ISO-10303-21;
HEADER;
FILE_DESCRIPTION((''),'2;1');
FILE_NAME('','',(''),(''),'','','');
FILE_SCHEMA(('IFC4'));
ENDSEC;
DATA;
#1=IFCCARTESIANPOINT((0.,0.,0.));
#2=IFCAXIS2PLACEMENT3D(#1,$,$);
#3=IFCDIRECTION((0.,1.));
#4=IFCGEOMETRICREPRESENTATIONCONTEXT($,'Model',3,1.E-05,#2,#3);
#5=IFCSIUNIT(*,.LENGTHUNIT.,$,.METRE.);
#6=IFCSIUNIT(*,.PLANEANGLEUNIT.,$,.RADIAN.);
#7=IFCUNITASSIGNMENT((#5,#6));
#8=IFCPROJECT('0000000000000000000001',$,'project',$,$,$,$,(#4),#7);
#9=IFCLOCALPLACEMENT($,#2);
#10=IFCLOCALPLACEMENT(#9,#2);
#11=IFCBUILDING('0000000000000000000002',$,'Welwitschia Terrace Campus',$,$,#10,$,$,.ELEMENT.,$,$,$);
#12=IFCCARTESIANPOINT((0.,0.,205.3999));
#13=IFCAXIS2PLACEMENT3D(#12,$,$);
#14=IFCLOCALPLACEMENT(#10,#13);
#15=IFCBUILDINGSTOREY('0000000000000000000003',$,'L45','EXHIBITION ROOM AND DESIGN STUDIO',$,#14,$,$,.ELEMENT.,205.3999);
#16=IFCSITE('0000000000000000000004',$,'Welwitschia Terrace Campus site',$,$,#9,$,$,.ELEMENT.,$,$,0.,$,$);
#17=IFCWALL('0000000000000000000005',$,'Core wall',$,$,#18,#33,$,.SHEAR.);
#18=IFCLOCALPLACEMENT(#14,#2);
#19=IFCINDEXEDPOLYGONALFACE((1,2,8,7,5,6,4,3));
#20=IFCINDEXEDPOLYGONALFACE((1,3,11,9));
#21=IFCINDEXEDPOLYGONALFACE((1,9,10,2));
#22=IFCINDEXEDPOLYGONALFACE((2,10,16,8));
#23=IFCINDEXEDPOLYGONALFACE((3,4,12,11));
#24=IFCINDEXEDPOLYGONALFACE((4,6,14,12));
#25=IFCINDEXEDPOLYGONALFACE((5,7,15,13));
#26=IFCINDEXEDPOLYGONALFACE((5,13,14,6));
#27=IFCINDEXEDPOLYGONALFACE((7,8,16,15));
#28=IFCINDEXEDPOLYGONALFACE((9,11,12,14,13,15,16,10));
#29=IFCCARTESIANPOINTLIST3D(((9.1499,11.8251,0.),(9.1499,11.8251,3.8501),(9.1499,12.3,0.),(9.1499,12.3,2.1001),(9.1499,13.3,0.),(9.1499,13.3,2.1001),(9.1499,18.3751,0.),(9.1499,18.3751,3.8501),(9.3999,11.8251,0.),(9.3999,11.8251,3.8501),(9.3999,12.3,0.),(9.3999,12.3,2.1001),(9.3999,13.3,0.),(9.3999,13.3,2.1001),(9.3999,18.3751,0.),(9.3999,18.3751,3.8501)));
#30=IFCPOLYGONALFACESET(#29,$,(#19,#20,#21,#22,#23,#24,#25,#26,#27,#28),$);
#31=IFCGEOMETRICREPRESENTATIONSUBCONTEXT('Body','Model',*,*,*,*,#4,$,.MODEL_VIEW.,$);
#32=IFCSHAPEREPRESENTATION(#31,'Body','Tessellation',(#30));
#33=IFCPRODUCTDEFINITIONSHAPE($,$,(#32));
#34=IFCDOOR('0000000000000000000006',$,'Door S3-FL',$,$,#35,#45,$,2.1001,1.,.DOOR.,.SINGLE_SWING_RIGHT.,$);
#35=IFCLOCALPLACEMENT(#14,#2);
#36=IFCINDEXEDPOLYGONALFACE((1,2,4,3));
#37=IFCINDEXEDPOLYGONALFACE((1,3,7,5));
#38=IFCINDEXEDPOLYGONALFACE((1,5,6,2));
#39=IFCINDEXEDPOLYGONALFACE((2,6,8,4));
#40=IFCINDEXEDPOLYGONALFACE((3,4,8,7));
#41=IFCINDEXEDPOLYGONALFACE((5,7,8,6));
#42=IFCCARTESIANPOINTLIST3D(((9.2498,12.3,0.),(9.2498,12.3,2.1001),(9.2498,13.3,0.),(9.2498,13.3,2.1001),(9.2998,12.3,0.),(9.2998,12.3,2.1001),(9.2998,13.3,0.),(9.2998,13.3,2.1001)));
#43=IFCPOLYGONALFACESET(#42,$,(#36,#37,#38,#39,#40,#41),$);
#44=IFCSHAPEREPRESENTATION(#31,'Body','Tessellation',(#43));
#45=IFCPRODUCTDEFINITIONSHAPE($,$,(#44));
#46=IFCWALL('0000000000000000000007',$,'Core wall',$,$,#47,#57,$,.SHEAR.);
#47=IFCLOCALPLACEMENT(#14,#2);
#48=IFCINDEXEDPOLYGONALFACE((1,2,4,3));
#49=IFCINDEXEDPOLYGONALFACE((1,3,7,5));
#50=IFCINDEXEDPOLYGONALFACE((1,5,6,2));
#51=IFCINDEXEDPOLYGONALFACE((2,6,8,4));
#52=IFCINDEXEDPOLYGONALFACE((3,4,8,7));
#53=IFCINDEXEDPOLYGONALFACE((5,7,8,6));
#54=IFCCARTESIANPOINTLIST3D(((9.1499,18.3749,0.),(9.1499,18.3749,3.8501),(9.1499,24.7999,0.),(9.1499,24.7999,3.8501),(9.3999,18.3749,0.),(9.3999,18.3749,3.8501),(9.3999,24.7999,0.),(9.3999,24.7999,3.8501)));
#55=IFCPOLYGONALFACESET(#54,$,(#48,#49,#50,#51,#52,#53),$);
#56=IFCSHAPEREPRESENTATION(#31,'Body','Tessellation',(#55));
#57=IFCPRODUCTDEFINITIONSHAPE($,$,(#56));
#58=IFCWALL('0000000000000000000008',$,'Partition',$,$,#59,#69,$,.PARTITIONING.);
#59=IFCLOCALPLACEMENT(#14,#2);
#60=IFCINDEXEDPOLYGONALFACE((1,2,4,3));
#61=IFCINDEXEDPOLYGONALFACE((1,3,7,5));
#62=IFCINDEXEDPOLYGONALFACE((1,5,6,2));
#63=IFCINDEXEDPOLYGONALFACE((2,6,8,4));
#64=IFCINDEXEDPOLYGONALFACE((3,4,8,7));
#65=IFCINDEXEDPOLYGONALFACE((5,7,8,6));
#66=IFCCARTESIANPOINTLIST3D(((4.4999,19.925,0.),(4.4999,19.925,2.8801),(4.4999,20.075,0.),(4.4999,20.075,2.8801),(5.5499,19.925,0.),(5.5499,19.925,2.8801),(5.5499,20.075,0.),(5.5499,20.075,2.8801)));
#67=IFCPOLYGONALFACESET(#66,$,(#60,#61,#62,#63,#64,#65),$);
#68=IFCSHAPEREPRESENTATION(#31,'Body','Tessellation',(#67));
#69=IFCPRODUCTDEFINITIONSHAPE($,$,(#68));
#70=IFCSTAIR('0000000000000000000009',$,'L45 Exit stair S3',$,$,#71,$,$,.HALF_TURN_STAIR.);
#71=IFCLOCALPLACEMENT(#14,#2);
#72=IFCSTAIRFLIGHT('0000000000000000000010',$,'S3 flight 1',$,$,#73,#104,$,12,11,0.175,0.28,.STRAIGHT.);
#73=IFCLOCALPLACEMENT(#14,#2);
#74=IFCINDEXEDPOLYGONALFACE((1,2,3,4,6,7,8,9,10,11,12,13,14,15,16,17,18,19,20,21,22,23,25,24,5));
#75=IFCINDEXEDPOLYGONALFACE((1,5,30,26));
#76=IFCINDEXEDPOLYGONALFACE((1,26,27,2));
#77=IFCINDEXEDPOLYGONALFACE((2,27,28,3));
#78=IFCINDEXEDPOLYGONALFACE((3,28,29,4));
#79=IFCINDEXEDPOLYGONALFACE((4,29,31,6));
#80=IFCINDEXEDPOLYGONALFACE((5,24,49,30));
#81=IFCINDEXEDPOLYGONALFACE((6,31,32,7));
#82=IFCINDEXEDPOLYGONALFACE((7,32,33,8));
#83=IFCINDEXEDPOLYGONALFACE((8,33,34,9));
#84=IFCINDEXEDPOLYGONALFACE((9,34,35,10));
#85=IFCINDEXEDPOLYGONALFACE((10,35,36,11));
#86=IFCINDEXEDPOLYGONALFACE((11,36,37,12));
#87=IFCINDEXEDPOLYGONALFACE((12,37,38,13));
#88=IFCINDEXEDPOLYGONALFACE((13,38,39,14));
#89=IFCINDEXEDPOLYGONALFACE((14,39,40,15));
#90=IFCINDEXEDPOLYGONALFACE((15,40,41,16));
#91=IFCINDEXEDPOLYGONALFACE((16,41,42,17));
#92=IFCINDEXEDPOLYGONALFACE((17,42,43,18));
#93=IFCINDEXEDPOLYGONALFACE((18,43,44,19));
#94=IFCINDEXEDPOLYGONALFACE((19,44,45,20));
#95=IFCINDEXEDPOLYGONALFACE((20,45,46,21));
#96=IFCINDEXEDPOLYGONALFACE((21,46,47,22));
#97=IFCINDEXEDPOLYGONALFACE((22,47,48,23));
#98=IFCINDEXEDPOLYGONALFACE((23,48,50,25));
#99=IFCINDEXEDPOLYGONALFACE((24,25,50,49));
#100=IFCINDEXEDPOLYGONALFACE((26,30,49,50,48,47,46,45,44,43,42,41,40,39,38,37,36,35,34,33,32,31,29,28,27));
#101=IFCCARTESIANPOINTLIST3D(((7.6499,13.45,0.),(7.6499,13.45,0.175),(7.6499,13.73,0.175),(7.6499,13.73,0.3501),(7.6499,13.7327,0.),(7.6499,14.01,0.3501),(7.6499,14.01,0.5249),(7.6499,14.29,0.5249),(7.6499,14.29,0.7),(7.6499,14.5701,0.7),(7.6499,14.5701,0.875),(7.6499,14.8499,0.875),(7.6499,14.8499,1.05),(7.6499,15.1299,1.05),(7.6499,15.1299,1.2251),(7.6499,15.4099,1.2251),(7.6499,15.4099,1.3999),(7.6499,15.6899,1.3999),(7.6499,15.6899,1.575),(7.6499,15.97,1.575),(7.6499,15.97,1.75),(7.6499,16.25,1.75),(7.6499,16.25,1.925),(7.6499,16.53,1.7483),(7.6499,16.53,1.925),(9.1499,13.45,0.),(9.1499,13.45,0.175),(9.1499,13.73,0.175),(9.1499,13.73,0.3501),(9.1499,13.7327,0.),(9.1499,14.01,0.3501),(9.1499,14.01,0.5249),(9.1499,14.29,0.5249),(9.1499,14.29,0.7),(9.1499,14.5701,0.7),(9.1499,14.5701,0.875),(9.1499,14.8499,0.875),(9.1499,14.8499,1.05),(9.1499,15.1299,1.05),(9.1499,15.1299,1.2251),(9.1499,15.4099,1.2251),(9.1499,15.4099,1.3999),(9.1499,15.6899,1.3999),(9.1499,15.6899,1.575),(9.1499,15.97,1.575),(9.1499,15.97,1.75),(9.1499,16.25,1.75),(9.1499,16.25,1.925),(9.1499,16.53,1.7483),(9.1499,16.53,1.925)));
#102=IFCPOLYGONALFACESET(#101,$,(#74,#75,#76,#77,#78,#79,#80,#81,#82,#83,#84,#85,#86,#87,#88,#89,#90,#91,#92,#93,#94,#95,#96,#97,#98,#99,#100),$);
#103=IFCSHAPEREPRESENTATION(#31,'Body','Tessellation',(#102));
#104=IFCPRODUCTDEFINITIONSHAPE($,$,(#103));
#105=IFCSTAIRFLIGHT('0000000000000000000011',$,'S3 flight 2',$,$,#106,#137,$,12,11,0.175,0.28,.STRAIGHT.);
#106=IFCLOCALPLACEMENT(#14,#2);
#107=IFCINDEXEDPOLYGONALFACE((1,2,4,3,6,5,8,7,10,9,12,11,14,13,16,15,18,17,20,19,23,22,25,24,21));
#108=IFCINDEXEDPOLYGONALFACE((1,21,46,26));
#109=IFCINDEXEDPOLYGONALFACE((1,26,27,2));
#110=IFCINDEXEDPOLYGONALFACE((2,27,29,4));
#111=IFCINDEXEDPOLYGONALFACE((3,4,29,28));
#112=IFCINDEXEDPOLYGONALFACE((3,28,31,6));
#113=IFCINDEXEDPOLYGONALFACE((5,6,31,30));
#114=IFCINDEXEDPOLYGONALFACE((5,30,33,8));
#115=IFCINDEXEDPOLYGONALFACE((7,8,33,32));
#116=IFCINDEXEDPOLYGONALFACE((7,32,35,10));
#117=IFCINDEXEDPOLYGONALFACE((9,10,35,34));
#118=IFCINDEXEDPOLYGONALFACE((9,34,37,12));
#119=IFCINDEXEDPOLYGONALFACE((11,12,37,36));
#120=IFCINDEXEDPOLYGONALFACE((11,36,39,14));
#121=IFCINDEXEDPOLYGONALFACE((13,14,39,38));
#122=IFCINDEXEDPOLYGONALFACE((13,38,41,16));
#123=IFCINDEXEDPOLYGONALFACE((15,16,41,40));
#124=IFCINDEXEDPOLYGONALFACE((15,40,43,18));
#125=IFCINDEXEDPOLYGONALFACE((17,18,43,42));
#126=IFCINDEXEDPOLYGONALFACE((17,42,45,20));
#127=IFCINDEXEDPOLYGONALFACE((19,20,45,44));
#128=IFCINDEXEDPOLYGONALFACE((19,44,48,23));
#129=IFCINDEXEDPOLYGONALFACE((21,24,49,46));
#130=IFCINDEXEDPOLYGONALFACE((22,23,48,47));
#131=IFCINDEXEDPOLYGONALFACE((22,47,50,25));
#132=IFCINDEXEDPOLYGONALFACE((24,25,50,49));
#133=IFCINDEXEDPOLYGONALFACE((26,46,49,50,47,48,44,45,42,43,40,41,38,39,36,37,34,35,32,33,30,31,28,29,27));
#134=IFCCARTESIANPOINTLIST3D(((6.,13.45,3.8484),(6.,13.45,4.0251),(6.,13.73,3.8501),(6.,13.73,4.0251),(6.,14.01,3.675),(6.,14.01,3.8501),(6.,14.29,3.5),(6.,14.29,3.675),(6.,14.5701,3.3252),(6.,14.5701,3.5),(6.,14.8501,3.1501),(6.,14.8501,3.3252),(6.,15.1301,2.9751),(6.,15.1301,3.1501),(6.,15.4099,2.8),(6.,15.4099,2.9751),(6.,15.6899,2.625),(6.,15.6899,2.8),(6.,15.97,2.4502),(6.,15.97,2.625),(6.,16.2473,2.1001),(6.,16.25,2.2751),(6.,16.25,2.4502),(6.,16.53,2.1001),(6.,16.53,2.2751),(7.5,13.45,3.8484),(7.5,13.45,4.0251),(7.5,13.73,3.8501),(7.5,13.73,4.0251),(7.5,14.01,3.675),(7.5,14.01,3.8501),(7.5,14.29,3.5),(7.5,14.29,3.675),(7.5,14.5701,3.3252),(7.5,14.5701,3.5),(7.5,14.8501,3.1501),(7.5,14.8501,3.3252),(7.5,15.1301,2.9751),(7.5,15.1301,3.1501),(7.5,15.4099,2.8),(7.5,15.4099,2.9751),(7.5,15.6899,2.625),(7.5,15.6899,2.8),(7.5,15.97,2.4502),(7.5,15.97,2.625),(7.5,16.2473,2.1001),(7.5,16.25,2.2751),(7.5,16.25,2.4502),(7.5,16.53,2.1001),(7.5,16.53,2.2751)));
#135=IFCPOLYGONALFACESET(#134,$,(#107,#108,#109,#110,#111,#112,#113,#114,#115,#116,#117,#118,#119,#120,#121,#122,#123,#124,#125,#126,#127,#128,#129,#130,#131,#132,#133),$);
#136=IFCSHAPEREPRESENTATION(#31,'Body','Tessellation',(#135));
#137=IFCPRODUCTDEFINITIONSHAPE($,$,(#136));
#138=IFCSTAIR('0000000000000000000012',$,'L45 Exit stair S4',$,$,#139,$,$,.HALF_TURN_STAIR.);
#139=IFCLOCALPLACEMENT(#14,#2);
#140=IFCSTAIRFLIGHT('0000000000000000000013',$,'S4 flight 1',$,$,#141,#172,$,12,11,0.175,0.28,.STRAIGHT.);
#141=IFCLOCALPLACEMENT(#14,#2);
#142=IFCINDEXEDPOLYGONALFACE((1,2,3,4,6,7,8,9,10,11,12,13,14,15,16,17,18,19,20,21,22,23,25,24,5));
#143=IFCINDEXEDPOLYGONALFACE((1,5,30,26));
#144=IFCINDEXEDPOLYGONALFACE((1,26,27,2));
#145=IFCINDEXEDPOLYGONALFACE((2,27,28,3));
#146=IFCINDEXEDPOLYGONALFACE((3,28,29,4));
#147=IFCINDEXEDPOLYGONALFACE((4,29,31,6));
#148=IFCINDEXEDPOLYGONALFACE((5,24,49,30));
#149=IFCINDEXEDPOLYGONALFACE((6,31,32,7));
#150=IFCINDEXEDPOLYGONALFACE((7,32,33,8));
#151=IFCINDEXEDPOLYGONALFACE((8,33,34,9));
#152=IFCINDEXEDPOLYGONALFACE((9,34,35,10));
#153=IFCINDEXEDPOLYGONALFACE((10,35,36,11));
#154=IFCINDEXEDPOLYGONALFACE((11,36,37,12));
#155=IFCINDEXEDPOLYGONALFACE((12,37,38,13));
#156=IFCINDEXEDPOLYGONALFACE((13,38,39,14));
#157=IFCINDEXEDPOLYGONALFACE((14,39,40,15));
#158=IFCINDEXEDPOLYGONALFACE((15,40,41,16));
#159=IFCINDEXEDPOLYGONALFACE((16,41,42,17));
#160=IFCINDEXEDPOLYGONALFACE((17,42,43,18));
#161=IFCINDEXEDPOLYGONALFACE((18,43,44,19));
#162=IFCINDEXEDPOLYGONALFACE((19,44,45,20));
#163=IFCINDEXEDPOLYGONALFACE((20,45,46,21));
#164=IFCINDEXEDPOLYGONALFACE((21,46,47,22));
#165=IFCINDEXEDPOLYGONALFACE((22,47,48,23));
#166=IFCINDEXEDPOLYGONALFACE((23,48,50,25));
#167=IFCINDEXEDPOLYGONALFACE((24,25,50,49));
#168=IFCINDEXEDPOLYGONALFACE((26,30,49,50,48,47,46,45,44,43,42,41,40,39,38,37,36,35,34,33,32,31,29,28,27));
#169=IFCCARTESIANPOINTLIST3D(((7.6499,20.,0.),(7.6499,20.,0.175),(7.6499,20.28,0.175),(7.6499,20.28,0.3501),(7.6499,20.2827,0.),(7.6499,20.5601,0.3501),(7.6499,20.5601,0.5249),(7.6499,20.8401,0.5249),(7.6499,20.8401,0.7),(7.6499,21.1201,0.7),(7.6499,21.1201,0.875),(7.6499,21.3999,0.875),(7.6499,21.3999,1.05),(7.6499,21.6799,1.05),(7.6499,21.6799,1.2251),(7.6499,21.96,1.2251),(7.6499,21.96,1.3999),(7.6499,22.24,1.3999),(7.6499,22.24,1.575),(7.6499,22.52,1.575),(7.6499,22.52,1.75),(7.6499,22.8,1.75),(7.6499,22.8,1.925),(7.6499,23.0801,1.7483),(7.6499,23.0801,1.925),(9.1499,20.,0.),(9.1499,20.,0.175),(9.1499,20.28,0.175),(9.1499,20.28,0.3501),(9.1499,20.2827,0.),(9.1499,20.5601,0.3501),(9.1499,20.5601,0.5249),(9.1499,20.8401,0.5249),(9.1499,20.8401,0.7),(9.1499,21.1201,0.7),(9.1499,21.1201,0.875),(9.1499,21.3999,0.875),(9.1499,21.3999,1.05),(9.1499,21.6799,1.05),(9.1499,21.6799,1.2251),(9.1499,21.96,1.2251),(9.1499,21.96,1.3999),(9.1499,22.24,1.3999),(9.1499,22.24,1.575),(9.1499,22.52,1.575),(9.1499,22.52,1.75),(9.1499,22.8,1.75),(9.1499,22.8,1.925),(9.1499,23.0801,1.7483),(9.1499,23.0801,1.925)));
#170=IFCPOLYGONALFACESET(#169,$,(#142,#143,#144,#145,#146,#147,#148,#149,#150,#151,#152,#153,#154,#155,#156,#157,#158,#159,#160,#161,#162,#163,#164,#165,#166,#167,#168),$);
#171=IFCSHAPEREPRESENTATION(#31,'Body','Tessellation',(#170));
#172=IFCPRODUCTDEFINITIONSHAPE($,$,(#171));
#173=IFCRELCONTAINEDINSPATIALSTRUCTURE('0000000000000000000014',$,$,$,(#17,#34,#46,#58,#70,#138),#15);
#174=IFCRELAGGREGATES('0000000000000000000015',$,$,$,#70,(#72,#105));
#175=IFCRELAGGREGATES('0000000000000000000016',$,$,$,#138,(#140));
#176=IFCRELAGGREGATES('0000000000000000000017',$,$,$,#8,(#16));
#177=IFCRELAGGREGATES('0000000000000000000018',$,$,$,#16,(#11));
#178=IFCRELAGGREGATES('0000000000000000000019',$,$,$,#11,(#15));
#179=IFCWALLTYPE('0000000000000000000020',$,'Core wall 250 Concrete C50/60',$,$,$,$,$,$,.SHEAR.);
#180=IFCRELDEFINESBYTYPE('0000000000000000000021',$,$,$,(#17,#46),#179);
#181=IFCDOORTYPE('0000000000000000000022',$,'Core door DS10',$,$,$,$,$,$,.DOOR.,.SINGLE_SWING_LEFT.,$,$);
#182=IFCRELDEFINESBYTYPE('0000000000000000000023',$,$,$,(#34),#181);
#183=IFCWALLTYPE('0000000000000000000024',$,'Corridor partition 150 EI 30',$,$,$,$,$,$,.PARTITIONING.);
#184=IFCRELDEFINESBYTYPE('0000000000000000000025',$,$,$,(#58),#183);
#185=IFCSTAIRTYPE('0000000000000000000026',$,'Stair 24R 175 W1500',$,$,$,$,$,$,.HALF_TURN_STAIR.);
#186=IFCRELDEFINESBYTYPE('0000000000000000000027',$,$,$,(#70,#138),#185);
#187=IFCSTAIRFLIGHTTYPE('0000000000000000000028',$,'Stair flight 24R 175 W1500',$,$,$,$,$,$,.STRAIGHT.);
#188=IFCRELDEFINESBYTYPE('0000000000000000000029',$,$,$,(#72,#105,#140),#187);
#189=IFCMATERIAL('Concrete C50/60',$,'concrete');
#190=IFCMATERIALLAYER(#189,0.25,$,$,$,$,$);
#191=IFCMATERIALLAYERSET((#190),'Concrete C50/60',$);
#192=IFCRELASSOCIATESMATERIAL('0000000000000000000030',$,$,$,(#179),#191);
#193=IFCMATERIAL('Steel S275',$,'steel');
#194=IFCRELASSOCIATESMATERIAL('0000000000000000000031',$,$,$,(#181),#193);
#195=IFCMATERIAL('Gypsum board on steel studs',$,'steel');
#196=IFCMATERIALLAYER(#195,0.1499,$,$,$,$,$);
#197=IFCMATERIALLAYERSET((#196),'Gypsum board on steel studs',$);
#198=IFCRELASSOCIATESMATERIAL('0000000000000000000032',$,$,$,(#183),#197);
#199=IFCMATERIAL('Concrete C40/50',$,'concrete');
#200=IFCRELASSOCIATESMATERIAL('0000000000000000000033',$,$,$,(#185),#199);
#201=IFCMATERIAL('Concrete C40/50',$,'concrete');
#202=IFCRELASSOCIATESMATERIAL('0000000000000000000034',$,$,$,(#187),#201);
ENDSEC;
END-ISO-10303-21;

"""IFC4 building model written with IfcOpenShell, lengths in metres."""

from ifc_helpers import new_model, si_unit, direction, frame, frame_2d, origin, place, context, subcontext, project, spatial, polyline, rectangle, outline, extrude, material, layer, layer_set, type_object, element, fill, aggregate, save


model = new_model("IFC4")

# Units and contexts
model_context = context("Model", 3, precision=1e-05, world=origin(), true_north=direction((0.0, 1.0)))
body_context = subcontext(model_context, "Body", "Model", "MODEL_VIEW")
ifc_project = project(units=[si_unit("LENGTHUNIT", "METRE"), si_unit("PLANEANGLEUNIT", "RADIAN")], contexts=[model_context])

# Site, building, storey
site_placement = place(None, origin())
site = spatial("IfcSite", under=ifc_project, at=site_placement, Name="Welwitschia Terrace Campus site", CompositionType="ELEMENT", RefElevation=0.0)
building_placement = place(site_placement, origin())
building = spatial("IfcBuilding", under=site, at=building_placement, Name="Welwitschia Terrace Campus", CompositionType="ELEMENT")
storey_placement = place(building_placement, frame((0.0, 0.0, 205.3999)))
storey = spatial("IfcBuildingStorey", under=building, at=storey_placement, Name="L45", Description="EXHIBITION ROOM AND DESIGN STUDIO", CompositionType="ELEMENT", Elevation=205.3999)

# Shared definitions
ifc_material_1 = material(Name="Concrete C50/60", Category="concrete")
ifc_layer_1 = layer(ifc_material_1, 0.25)
ifc_layer_set_1 = layer_set([ifc_layer_1], Name="Concrete C50/60")
wall_type_1 = type_object("IfcWallType", Name="Core wall 250 Concrete C50/60", PredefinedType="SHEAR", material=ifc_layer_set_1)

# Wall, opening, door
wall_1_placement = place(storey_placement, frame((9.2749, 18.375, 0.0), z_axis=(0.0, 0.0, 1.0), x_axis=(0.0, -1.0, 0.0)))
wall_1 = element("IfcWall", 1, at=wall_1_placement, inside=storey, type_object=wall_type_1, Name="Core wall", PredefinedType="SHEAR", context=body_context, shape_type="SweptSolid", body=[
    extrude(rectangle(XDim=6.55, YDim=0.25, at=frame_2d((3.2749, 0.0))), origin(), (0.0, 0.0, 1.0), 3.8501),
])
opening_1_placement = place(wall_1_placement, frame((5.075, 0.0, 0.0)))
opening_1 = element("IfcOpeningElement", 2, at=opening_1_placement, cuts=wall_1, PredefinedType="OPENING", context=body_context, shape_type="SweptSolid", body=[
    extrude(rectangle(XDim=1.0, YDim=2.1001, at=frame_2d((0.5, 1.05))), frame((0.0, 0.135, 0.0), z_axis=(0.0, -1.0, 0.0), x_axis=(1.0, 0.0, 0.0)), (0.0, 0.0, 1.0), 0.27),
])
ifc_material_2 = material(Name="Steel S275", Category="steel")
door_type_1 = type_object("IfcDoorType", Name="Core door DS10", OperationType="SINGLE_SWING_LEFT", PredefinedType="DOOR", material=ifc_material_2)
door_1_placement = place(opening_1_placement, origin())
door_1 = element("IfcDoor", 3, at=door_1_placement, inside=storey, type_object=door_type_1, Name="Door S3-FL", OperationType="SINGLE_SWING_RIGHT", OverallHeight=2.1001, OverallWidth=1.0, PredefinedType="DOOR", context=body_context, shape_type="SweptSolid", body=[
    extrude(rectangle(XDim=1.0, YDim=2.1001, at=frame_2d((0.5, 1.05))), frame((0.0, 0.0249, 0.0), z_axis=(0.0, -1.0, 0.0), x_axis=(1.0, 0.0, 0.0)), (0.0, 0.0, 1.0), 0.05),
])
fill(opening_1, door_1)

# Walls
wall_2_placement = place(storey_placement, frame((9.2749, 18.375, 0.0), z_axis=(0.0, 0.0, 1.0), x_axis=(0.0, 1.0, 0.0)))
element("IfcWall", 4, at=wall_2_placement, inside=storey, type_object=wall_type_1, Name="Core wall", PredefinedType="SHEAR", context=body_context, shape_type="SweptSolid", body=[
    extrude(rectangle(XDim=6.425, YDim=0.25, at=frame_2d((3.2124, 0.0))), origin(), (0.0, 0.0, 1.0), 3.8501),
])
ifc_material_3 = material(Name="Gypsum board on steel studs", Category="steel")
ifc_layer_2 = layer(ifc_material_3, 0.1499)
ifc_layer_set_2 = layer_set([ifc_layer_2], Name="Gypsum board on steel studs")
wall_type_2 = type_object("IfcWallType", Name="Corridor partition 150 EI 30", PredefinedType="PARTITIONING", material=ifc_layer_set_2)
wall_3_placement = place(storey_placement, frame((4.5, 20.0, 0.0), z_axis=(0.0, 0.0, 1.0), x_axis=(1.0, 0.0, 0.0)))
element("IfcWall", 5, at=wall_3_placement, inside=storey, type_object=wall_type_2, Name="Partition", PredefinedType="PARTITIONING", context=body_context, shape_type="SweptSolid", body=[
    extrude(rectangle(XDim=1.05, YDim=0.1499, at=frame_2d((0.5249, 0.0))), origin(), (0.0, 0.0, 1.0), 2.8801),
])

# Stair, stair flights
ifc_material_4 = material(Name="Concrete C40/50", Category="concrete")
stair_type = type_object("IfcStairType", Name="Stair 24R 175 W1500", PredefinedType="HALF_TURN_STAIR", material=ifc_material_4)
stair_1_placement = place(storey_placement, origin())
stair_1 = element("IfcStair", 6, at=stair_1_placement, inside=storey, type_object=stair_type, Name="L45 Exit stair S3", PredefinedType="HALF_TURN_STAIR")
ifc_material_5 = material(Name="Concrete C40/50", Category="concrete")
stair_flight_type = type_object("IfcStairFlightType", Name="Stair flight 24R 175 W1500", PredefinedType="STRAIGHT", material=ifc_material_5)
stair_flight_1_placement = place(storey_placement, frame((8.3999, 13.45, 0.0), z_axis=(0.0, 0.0, 1.0), x_axis=(0.0, 1.0, 0.0)))
stair_flight_1 = element("IfcStairFlight", 7, at=stair_flight_1_placement, type_object=stair_flight_type, Name="S3 flight 1", NumberOfRisers=12, NumberOfTreads=11, PredefinedType="STRAIGHT", RiserHeight=0.175, TreadLength=0.28, context=body_context, shape_type="SweptSolid", body=[
    extrude(outline(polyline([(0.0, 0.0), (0.0, 0.175), (0.28, 0.175), (0.28, 0.3501), (0.5601, 0.3501), (0.5601, 0.5249), (0.8401, 0.5249), (0.8401, 0.7), (1.1201, 0.7), (1.1201, 0.875), (1.3999, 0.875), (1.3999, 1.05), (1.6799, 1.05), (1.6799, 1.2251), (1.96, 1.2251), (1.96, 1.3999), (2.24, 1.3999), (2.24, 1.575), (2.52, 1.575), (2.52, 1.75), (2.8, 1.75), (2.8, 1.925), (3.0801, 1.925), (3.0801, 2.1001), (3.0801, 1.7483), (0.2827, 0.0), (0.0, 0.0)])), frame((0.0, 0.75, 0.0), z_axis=(0.0, -1.0, 0.0), x_axis=(1.0, 0.0, 0.0)), (0.0, 0.0, 1.0), 1.5),
])
stair_flight_2_placement = place(storey_placement, frame((6.75, 16.53, 2.1001), z_axis=(0.0, 0.0, 1.0), x_axis=(0.0, -1.0, 0.0)))
stair_flight_2 = element("IfcStairFlight", 8, at=stair_flight_2_placement, type_object=stair_flight_type, Name="S3 flight 2", NumberOfRisers=12, NumberOfTreads=11, PredefinedType="STRAIGHT", RiserHeight=0.175, TreadLength=0.28, context=body_context, shape_type="SweptSolid", body=[
    extrude(outline(polyline([(0.0, 0.0), (0.0, 0.175), (0.28, 0.175), (0.28, 0.3501), (0.5601, 0.3501), (0.5601, 0.5249), (0.8401, 0.5249), (0.8401, 0.7), (1.1201, 0.7), (1.1201, 0.875), (1.3999, 0.875), (1.3999, 1.05), (1.6799, 1.05), (1.6799, 1.2251), (1.96, 1.2251), (1.96, 1.3999), (2.24, 1.3999), (2.24, 1.575), (2.52, 1.575), (2.52, 1.75), (2.8, 1.75), (2.8, 1.925), (3.0801, 1.925), (3.0801, 2.1001), (3.0801, 1.7483), (0.2827, 0.0), (0.0, 0.0)])), frame((0.0, 0.75, 0.0), z_axis=(0.0, -1.0, 0.0), x_axis=(1.0, 0.0, 0.0)), (0.0, 0.0, 1.0), 1.5),
])
aggregate(stair_1, [stair_flight_1, stair_flight_2])

# Stair, stair flight
stair_2_placement = place(storey_placement, origin())
stair_2 = element("IfcStair", 9, at=stair_2_placement, inside=storey, type_object=stair_type, Name="L45 Exit stair S4", PredefinedType="HALF_TURN_STAIR")
stair_flight_3_placement = place(storey_placement, frame((8.3999, 20.0, 0.0), z_axis=(0.0, 0.0, 1.0), x_axis=(0.0, 1.0, 0.0)))
stair_flight_3 = element("IfcStairFlight", 10, at=stair_flight_3_placement, type_object=stair_flight_type, Name="S4 flight 1", NumberOfRisers=12, NumberOfTreads=11, PredefinedType="STRAIGHT", RiserHeight=0.175, TreadLength=0.28, context=body_context, shape_type="SweptSolid", body=[
    extrude(outline(polyline([(0.0, 0.0), (0.0, 0.175), (0.28, 0.175), (0.28, 0.3501), (0.5601, 0.3501), (0.5601, 0.5249), (0.8401, 0.5249), (0.8401, 0.7), (1.1201, 0.7), (1.1201, 0.875), (1.3999, 0.875), (1.3999, 1.05), (1.6799, 1.05), (1.6799, 1.2251), (1.96, 1.2251), (1.96, 1.3999), (2.24, 1.3999), (2.24, 1.575), (2.52, 1.575), (2.52, 1.75), (2.8, 1.75), (2.8, 1.925), (3.0801, 1.925), (3.0801, 2.1001), (3.0801, 1.7483), (0.2827, 0.0), (0.0, 0.0)])), frame((0.0, 0.75, 0.0), z_axis=(0.0, -1.0, 0.0), x_axis=(1.0, 0.0, 0.0)), (0.0, 0.0, 1.0), 1.5),
])
aggregate(stair_2, [stair_flight_3])

save(model, "model.ifc")
